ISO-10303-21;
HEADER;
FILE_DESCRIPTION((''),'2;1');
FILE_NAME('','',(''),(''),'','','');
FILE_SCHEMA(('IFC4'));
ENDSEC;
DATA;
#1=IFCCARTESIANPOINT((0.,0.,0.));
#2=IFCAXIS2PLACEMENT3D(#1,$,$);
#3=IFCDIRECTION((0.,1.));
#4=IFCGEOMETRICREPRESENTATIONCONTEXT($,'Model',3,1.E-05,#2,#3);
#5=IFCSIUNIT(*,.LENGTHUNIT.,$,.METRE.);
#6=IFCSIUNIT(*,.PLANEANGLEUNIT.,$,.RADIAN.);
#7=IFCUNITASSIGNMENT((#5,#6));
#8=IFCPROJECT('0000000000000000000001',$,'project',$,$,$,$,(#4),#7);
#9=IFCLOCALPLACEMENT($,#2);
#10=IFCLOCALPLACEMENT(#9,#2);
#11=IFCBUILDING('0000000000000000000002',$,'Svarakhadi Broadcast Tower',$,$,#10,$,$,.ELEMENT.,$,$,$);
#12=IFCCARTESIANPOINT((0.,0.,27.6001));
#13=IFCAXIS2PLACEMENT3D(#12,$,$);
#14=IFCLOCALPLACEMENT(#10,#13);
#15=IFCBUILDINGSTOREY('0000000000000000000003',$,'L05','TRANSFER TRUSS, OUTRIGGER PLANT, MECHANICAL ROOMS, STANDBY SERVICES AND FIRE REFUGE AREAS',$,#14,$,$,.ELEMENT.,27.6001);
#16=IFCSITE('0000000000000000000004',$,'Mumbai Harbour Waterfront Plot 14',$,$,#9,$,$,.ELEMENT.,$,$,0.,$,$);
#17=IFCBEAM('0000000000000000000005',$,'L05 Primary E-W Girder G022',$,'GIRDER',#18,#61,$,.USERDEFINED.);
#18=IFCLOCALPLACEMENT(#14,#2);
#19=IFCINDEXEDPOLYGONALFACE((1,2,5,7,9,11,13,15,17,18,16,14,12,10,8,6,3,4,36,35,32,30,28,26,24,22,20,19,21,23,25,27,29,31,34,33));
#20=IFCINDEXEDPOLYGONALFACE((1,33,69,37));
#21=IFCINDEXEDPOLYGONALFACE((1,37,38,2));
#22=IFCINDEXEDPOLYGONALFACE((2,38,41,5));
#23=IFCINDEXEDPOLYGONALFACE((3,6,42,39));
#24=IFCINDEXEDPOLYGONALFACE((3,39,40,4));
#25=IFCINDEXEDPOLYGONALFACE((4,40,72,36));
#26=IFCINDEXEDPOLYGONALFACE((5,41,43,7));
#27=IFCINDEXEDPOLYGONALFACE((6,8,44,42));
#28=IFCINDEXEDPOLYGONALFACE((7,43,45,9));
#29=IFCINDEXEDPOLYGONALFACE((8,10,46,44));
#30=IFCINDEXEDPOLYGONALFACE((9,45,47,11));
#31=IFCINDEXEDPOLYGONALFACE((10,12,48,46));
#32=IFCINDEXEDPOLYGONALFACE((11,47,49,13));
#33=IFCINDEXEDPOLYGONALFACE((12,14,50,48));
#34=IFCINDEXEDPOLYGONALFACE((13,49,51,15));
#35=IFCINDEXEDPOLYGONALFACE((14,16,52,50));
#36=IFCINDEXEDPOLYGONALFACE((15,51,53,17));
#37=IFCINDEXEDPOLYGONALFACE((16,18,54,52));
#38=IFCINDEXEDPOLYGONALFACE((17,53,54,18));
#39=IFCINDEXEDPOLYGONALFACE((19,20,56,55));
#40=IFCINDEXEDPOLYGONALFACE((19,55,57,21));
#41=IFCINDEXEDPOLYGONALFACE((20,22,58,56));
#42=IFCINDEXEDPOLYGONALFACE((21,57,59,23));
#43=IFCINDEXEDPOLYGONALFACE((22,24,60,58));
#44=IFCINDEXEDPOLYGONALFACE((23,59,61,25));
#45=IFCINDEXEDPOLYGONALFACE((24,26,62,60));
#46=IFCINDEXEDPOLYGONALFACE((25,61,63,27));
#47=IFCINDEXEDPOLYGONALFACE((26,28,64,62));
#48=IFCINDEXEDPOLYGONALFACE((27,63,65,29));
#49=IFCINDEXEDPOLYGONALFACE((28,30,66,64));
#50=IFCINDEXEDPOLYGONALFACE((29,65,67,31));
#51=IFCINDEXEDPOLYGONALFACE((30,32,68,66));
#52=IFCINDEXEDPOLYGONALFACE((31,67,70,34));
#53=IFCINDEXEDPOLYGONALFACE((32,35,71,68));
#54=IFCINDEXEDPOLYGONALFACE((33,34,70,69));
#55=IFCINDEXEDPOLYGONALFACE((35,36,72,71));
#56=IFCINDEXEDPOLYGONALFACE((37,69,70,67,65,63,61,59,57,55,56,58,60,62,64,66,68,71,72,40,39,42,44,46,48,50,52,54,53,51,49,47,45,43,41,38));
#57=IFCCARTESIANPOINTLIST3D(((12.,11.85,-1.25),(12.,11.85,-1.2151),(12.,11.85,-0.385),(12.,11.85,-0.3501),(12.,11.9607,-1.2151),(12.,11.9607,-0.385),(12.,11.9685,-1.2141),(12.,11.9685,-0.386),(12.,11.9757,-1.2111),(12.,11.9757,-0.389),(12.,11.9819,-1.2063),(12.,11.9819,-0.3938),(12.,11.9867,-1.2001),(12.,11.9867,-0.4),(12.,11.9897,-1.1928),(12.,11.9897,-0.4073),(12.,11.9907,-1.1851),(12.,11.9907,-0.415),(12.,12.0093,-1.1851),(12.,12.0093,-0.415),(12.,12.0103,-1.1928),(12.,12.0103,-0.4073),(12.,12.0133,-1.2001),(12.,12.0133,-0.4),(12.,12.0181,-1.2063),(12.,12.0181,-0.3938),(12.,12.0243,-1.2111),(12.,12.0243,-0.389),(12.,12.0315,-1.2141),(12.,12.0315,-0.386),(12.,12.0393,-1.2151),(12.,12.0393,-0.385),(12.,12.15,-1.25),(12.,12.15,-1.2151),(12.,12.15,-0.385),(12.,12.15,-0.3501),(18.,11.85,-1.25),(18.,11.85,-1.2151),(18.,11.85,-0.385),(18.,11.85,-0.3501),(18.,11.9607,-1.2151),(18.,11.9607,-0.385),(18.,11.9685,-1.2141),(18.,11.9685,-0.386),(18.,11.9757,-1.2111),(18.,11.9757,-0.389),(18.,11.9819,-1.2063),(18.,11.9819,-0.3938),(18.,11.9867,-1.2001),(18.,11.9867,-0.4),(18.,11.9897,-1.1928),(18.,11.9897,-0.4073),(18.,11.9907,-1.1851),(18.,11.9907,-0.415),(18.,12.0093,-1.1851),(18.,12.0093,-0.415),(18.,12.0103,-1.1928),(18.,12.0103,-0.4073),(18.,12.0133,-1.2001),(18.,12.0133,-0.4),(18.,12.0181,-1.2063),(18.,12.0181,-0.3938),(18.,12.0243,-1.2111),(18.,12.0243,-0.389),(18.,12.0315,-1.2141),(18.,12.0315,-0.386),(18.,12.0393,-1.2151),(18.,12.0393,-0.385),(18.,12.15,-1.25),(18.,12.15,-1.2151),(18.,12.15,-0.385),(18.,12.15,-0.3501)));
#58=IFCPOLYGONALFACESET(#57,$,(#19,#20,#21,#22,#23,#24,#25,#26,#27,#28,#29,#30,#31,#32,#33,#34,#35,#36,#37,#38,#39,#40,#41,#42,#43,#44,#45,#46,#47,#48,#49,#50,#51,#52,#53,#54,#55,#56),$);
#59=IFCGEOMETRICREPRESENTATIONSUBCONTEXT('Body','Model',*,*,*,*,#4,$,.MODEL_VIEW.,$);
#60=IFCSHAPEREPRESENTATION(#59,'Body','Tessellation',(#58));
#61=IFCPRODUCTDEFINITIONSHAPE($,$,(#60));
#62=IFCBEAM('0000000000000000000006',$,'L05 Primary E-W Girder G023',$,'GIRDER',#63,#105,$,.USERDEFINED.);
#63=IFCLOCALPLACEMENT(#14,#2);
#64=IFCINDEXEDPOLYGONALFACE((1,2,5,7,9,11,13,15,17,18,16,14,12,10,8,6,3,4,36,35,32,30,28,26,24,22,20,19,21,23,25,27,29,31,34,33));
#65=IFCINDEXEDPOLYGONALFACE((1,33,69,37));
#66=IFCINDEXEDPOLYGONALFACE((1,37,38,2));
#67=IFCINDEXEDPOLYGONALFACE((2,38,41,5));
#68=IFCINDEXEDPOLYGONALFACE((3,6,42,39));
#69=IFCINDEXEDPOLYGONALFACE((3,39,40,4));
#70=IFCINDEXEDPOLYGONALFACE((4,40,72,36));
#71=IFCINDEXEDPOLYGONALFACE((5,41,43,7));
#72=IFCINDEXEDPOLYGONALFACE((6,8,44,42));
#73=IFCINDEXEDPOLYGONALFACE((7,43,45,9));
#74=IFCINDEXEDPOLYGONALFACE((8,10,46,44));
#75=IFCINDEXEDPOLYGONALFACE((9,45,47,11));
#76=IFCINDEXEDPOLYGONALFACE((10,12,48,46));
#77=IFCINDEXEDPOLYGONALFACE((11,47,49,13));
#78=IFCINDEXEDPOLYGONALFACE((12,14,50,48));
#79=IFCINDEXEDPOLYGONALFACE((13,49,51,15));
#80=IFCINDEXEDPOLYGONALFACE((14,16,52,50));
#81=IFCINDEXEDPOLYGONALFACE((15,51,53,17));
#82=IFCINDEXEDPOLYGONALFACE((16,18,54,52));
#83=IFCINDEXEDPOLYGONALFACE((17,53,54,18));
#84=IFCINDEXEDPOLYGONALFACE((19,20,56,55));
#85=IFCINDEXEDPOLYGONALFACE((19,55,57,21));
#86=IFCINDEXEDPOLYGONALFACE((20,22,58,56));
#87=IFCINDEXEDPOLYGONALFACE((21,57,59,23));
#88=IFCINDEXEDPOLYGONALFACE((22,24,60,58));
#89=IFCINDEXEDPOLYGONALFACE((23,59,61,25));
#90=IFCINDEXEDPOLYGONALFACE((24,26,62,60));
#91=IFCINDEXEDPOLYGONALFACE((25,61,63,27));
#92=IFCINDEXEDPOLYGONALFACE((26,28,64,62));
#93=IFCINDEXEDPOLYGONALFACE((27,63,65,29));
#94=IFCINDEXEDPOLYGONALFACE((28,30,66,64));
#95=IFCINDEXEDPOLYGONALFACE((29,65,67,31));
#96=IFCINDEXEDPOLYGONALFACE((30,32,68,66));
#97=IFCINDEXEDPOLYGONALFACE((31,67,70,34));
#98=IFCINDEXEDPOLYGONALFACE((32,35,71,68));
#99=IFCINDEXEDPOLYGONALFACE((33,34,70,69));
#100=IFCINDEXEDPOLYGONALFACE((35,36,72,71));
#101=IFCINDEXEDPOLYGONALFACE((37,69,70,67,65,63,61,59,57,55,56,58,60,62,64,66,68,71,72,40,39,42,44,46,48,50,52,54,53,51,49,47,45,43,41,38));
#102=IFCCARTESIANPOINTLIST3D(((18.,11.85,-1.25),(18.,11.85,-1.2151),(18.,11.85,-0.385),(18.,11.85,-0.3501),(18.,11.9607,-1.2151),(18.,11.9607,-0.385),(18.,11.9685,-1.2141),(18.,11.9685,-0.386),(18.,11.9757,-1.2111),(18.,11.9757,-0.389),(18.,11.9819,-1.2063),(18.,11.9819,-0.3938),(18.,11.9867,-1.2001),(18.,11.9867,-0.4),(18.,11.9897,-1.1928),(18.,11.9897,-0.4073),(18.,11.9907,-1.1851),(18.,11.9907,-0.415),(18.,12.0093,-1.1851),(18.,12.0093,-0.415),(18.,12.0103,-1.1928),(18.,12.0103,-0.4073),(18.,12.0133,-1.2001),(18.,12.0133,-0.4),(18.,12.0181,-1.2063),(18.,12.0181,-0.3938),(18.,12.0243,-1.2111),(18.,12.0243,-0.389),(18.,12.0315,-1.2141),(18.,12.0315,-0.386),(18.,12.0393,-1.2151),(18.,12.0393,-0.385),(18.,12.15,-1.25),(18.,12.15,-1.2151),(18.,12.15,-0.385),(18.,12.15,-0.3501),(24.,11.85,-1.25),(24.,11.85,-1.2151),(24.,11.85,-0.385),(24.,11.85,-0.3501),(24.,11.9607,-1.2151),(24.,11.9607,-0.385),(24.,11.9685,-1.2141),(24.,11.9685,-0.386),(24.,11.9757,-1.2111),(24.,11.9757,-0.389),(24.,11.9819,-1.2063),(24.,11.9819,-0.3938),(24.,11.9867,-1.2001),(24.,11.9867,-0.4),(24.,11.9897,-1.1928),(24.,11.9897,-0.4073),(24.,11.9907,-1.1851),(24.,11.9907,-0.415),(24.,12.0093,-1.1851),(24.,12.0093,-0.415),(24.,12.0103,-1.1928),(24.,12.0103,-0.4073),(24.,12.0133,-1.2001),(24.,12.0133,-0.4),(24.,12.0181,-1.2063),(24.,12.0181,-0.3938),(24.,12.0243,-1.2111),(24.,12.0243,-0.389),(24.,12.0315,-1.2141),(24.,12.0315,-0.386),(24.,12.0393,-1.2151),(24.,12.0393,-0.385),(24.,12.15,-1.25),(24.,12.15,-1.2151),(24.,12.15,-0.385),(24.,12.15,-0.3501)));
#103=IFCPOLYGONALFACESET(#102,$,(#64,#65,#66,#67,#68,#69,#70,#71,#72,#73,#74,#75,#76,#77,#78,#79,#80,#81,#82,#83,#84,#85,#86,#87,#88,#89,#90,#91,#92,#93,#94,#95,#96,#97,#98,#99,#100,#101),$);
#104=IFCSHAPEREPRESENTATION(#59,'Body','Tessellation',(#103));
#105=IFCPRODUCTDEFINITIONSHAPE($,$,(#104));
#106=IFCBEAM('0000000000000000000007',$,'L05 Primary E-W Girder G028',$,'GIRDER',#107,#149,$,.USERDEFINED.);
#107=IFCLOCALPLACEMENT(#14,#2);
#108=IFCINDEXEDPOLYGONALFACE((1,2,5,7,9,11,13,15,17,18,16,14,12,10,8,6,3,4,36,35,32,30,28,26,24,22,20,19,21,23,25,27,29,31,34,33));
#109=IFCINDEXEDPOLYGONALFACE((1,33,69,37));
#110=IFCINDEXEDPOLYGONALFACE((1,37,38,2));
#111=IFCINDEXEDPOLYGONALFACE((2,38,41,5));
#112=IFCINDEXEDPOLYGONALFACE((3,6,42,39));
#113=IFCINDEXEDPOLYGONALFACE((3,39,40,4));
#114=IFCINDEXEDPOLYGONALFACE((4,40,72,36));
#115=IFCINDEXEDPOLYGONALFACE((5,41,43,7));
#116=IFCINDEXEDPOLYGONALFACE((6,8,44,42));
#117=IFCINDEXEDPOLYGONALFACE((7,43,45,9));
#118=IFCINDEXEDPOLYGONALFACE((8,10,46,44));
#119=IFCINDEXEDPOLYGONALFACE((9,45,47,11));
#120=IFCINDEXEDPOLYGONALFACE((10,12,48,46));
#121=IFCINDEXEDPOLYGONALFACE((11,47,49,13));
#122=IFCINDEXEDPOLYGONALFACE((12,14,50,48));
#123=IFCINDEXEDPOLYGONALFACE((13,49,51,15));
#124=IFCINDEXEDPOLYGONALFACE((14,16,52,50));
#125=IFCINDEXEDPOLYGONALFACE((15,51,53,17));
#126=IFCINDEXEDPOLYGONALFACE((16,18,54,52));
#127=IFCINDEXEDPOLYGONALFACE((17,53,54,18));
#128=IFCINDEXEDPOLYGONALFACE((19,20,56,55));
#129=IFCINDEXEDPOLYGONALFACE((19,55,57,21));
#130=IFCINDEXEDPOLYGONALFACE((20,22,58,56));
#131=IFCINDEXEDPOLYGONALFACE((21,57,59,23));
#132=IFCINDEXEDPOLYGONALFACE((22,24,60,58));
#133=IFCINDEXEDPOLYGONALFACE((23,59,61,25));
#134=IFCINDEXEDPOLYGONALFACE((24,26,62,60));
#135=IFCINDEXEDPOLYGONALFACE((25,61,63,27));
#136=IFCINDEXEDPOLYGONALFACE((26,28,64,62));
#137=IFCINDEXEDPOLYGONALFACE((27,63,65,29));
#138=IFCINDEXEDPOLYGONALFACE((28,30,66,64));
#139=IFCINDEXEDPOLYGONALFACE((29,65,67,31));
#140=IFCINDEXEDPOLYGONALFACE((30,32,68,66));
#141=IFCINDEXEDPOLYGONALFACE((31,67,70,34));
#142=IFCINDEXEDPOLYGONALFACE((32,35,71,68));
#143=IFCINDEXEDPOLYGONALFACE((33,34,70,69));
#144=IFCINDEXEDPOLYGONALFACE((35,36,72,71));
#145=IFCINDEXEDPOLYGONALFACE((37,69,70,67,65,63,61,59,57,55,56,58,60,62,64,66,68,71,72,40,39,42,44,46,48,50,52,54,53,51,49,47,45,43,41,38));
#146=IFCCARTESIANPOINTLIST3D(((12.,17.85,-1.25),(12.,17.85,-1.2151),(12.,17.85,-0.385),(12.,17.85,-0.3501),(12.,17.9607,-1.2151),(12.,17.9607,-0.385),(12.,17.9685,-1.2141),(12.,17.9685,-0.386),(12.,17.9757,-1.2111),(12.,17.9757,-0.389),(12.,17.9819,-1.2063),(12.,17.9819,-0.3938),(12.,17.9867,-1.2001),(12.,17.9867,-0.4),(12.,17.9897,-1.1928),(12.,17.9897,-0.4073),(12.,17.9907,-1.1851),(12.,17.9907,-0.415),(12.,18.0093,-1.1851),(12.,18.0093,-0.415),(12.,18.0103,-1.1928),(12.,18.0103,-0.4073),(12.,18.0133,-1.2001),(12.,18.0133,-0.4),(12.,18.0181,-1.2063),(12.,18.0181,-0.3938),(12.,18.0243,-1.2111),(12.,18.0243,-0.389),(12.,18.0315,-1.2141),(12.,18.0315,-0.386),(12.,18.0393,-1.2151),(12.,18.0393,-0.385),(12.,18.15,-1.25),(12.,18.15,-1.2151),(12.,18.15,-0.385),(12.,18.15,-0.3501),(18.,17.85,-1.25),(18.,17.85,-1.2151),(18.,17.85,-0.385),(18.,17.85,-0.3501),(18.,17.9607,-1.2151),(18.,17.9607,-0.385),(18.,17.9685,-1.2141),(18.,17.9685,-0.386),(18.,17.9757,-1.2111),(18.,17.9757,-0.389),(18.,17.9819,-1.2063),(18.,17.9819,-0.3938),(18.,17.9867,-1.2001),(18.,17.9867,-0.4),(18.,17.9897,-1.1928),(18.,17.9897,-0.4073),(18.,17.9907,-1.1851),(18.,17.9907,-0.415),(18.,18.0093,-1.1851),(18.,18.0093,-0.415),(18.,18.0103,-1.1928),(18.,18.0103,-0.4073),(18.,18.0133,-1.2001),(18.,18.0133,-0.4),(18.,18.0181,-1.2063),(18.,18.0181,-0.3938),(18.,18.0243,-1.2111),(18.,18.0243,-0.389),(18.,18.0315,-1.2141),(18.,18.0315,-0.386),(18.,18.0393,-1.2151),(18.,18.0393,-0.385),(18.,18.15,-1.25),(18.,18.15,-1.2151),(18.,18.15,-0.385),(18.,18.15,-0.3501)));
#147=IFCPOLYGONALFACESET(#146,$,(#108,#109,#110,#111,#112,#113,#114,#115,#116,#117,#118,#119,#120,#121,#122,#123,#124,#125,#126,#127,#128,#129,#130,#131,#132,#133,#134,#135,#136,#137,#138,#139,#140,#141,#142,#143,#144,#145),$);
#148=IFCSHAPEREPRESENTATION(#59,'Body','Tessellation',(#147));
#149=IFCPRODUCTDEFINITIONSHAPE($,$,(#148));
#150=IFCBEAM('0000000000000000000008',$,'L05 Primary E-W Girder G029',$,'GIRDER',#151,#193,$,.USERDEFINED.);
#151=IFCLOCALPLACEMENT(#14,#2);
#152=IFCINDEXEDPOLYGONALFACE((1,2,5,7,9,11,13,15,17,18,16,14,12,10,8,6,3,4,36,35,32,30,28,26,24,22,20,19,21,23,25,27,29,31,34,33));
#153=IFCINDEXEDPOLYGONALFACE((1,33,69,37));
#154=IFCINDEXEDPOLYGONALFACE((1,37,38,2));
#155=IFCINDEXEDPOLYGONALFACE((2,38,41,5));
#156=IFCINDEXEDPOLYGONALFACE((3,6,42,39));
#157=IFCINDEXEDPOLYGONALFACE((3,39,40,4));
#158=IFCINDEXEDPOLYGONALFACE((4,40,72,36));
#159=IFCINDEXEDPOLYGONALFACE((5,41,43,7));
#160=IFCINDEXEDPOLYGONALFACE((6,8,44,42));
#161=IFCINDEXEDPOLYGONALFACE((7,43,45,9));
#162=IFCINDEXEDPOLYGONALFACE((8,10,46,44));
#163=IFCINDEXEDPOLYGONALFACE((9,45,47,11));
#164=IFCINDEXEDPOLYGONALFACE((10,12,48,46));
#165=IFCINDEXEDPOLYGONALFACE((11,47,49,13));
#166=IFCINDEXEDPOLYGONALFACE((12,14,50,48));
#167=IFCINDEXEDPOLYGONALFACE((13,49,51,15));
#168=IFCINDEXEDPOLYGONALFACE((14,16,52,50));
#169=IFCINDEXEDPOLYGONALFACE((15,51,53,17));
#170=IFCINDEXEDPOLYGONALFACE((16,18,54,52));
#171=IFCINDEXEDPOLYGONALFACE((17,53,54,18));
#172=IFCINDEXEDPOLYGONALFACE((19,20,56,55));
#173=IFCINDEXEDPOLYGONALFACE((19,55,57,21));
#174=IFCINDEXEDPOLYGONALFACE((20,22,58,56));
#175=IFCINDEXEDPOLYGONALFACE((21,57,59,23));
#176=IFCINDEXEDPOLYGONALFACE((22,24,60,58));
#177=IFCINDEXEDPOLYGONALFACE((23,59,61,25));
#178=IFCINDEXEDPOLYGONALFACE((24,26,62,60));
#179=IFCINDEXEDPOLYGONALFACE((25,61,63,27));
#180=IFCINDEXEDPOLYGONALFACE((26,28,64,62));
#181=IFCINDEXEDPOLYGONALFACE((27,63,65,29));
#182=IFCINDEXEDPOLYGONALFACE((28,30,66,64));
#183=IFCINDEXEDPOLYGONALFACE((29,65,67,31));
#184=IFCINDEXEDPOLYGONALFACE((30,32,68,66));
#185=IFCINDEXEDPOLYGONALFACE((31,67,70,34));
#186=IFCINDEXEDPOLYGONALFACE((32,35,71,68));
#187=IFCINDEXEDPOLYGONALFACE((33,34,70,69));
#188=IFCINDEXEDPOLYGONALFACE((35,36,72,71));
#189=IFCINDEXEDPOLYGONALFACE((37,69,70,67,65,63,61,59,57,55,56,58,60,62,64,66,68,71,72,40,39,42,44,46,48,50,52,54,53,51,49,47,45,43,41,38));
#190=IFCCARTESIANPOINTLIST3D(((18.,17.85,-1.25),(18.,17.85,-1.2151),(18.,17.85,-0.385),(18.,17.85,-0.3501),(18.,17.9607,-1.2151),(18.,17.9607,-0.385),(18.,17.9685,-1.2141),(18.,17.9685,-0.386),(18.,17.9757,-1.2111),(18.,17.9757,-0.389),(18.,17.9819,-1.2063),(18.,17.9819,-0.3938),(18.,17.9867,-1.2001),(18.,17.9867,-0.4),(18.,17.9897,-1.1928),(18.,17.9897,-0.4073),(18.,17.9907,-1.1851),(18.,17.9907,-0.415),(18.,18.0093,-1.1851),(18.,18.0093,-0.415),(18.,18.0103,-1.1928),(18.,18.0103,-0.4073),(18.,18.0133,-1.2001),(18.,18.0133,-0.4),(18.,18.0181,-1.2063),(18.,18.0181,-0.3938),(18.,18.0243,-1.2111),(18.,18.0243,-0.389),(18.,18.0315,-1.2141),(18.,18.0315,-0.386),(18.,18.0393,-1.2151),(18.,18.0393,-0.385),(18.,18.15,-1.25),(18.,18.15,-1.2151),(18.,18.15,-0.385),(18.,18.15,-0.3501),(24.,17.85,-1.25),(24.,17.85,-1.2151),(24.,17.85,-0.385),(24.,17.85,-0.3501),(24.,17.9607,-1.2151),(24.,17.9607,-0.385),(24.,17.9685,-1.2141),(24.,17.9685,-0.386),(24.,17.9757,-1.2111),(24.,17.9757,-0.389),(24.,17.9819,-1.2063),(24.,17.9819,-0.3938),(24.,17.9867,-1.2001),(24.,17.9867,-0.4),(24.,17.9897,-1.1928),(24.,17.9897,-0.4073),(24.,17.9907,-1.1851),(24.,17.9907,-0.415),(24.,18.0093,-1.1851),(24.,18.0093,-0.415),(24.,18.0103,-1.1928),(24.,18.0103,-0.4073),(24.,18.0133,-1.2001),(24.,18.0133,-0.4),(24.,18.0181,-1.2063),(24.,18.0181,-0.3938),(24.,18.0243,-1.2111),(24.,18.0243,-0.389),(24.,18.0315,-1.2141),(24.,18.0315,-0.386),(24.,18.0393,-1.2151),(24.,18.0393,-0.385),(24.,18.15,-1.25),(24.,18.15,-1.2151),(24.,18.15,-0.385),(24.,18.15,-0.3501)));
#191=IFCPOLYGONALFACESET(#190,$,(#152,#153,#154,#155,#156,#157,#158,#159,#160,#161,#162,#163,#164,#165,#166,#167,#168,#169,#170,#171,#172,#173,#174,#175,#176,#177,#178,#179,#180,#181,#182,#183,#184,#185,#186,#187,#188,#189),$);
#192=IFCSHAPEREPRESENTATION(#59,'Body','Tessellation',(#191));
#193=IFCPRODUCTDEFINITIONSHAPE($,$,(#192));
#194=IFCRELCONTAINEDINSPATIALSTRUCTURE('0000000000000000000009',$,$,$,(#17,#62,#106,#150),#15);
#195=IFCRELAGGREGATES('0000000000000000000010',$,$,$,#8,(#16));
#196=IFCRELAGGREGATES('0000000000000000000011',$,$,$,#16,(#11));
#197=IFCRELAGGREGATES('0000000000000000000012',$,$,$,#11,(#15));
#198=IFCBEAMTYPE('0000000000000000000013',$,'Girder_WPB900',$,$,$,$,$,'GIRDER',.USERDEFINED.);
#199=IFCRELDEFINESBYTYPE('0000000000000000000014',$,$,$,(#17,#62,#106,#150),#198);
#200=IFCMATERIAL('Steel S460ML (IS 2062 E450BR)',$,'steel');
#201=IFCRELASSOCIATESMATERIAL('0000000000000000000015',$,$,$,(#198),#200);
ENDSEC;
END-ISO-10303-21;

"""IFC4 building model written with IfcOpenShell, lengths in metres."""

from ifc_helpers import new_model, si_unit, direction, frame, origin, origin_2d, place, context, subcontext, project, spatial, i_section, extrude, material, material_profile, profile_set, type_object, element, save


model = new_model("IFC4")

# Units and contexts
model_context = context("Model", 3, precision=1e-05, world=origin(), true_north=direction((0.0, 1.0)))
body_context = subcontext(model_context, "Body", "Model", "MODEL_VIEW")
ifc_project = project(units=[si_unit("LENGTHUNIT", "METRE"), si_unit("PLANEANGLEUNIT", "RADIAN")], contexts=[model_context])

# Site, building, storey
site_placement = place(None, origin())
site = spatial("IfcSite", under=ifc_project, at=site_placement, Name="Mumbai Harbour Waterfront Plot 14", CompositionType="ELEMENT", RefElevation=0.0)
building_placement = place(site_placement, origin())
building = spatial("IfcBuilding", under=site, at=building_placement, Name="Svarakhadi Broadcast Tower", CompositionType="ELEMENT")
storey_placement = place(building_placement, frame((0.0, 0.0, 27.6001)))
storey = spatial("IfcBuildingStorey", under=building, at=storey_placement, Name="L05", Description="TRANSFER TRUSS, OUTRIGGER PLANT, MECHANICAL ROOMS, STANDBY SERVICES AND FIRE REFUGE AREAS", CompositionType="ELEMENT", Elevation=27.6001)

# Shared definitions
ifc_material_1 = material(Name="Steel S460ML (IS 2062 E450BR)", Category="steel")

# Beams
ifc_material_profile_1 = material_profile(ifc_material_1, i_section(OverallWidth=0.3, OverallDepth=0.8999, WebThickness=0.0186, FlangeThickness=0.0349, FilletRadius=0.03, at=origin_2d()), Name="WPB 900x300x291")
ifc_profile_set_1 = profile_set([ifc_material_profile_1], Name="Steel S460ML (IS 2062 E450BR)")
beam_type_1 = type_object("IfcBeamType", Name="Girder_WPB900", ElementType="GIRDER", PredefinedType="USERDEFINED", material=ifc_profile_set_1)
for number, where, z_axis, x_axis, name in (
    (1, (12.0, 12.0, -0.8), (1.0, 0.0, 0.0), (0.0, 1.0, 0.0), "L05 Primary E-W Girder G022"),
    (2, (18.0, 12.0, -0.8), (1.0, 0.0, 0.0), (0.0, 1.0, 0.0), "L05 Primary E-W Girder G023"),
    (3, (12.0, 18.0, -0.8), (1.0, 0.0, 0.0), (0.0, 1.0, 0.0), "L05 Primary E-W Girder G028"),
    (4, (18.0, 18.0, -0.8), (1.0, 0.0, 0.0), (0.0, 1.0, 0.0), "L05 Primary E-W Girder G029"),
):
    element("IfcBeam", number, at=place(storey_placement, frame(where, z_axis=z_axis, x_axis=x_axis)), inside=storey, type_object=beam_type_1, Name=name, ObjectType="GIRDER", PredefinedType="USERDEFINED", context=body_context, shape_type="SweptSolid", body=[
        extrude(i_section(OverallWidth=0.3, OverallDepth=0.8999, WebThickness=0.0186, FlangeThickness=0.0349, FilletRadius=0.03, at=origin_2d()), origin(), (0.0, 0.0, 1.0), 6.0),
    ])

save(model, "model.ifc")
